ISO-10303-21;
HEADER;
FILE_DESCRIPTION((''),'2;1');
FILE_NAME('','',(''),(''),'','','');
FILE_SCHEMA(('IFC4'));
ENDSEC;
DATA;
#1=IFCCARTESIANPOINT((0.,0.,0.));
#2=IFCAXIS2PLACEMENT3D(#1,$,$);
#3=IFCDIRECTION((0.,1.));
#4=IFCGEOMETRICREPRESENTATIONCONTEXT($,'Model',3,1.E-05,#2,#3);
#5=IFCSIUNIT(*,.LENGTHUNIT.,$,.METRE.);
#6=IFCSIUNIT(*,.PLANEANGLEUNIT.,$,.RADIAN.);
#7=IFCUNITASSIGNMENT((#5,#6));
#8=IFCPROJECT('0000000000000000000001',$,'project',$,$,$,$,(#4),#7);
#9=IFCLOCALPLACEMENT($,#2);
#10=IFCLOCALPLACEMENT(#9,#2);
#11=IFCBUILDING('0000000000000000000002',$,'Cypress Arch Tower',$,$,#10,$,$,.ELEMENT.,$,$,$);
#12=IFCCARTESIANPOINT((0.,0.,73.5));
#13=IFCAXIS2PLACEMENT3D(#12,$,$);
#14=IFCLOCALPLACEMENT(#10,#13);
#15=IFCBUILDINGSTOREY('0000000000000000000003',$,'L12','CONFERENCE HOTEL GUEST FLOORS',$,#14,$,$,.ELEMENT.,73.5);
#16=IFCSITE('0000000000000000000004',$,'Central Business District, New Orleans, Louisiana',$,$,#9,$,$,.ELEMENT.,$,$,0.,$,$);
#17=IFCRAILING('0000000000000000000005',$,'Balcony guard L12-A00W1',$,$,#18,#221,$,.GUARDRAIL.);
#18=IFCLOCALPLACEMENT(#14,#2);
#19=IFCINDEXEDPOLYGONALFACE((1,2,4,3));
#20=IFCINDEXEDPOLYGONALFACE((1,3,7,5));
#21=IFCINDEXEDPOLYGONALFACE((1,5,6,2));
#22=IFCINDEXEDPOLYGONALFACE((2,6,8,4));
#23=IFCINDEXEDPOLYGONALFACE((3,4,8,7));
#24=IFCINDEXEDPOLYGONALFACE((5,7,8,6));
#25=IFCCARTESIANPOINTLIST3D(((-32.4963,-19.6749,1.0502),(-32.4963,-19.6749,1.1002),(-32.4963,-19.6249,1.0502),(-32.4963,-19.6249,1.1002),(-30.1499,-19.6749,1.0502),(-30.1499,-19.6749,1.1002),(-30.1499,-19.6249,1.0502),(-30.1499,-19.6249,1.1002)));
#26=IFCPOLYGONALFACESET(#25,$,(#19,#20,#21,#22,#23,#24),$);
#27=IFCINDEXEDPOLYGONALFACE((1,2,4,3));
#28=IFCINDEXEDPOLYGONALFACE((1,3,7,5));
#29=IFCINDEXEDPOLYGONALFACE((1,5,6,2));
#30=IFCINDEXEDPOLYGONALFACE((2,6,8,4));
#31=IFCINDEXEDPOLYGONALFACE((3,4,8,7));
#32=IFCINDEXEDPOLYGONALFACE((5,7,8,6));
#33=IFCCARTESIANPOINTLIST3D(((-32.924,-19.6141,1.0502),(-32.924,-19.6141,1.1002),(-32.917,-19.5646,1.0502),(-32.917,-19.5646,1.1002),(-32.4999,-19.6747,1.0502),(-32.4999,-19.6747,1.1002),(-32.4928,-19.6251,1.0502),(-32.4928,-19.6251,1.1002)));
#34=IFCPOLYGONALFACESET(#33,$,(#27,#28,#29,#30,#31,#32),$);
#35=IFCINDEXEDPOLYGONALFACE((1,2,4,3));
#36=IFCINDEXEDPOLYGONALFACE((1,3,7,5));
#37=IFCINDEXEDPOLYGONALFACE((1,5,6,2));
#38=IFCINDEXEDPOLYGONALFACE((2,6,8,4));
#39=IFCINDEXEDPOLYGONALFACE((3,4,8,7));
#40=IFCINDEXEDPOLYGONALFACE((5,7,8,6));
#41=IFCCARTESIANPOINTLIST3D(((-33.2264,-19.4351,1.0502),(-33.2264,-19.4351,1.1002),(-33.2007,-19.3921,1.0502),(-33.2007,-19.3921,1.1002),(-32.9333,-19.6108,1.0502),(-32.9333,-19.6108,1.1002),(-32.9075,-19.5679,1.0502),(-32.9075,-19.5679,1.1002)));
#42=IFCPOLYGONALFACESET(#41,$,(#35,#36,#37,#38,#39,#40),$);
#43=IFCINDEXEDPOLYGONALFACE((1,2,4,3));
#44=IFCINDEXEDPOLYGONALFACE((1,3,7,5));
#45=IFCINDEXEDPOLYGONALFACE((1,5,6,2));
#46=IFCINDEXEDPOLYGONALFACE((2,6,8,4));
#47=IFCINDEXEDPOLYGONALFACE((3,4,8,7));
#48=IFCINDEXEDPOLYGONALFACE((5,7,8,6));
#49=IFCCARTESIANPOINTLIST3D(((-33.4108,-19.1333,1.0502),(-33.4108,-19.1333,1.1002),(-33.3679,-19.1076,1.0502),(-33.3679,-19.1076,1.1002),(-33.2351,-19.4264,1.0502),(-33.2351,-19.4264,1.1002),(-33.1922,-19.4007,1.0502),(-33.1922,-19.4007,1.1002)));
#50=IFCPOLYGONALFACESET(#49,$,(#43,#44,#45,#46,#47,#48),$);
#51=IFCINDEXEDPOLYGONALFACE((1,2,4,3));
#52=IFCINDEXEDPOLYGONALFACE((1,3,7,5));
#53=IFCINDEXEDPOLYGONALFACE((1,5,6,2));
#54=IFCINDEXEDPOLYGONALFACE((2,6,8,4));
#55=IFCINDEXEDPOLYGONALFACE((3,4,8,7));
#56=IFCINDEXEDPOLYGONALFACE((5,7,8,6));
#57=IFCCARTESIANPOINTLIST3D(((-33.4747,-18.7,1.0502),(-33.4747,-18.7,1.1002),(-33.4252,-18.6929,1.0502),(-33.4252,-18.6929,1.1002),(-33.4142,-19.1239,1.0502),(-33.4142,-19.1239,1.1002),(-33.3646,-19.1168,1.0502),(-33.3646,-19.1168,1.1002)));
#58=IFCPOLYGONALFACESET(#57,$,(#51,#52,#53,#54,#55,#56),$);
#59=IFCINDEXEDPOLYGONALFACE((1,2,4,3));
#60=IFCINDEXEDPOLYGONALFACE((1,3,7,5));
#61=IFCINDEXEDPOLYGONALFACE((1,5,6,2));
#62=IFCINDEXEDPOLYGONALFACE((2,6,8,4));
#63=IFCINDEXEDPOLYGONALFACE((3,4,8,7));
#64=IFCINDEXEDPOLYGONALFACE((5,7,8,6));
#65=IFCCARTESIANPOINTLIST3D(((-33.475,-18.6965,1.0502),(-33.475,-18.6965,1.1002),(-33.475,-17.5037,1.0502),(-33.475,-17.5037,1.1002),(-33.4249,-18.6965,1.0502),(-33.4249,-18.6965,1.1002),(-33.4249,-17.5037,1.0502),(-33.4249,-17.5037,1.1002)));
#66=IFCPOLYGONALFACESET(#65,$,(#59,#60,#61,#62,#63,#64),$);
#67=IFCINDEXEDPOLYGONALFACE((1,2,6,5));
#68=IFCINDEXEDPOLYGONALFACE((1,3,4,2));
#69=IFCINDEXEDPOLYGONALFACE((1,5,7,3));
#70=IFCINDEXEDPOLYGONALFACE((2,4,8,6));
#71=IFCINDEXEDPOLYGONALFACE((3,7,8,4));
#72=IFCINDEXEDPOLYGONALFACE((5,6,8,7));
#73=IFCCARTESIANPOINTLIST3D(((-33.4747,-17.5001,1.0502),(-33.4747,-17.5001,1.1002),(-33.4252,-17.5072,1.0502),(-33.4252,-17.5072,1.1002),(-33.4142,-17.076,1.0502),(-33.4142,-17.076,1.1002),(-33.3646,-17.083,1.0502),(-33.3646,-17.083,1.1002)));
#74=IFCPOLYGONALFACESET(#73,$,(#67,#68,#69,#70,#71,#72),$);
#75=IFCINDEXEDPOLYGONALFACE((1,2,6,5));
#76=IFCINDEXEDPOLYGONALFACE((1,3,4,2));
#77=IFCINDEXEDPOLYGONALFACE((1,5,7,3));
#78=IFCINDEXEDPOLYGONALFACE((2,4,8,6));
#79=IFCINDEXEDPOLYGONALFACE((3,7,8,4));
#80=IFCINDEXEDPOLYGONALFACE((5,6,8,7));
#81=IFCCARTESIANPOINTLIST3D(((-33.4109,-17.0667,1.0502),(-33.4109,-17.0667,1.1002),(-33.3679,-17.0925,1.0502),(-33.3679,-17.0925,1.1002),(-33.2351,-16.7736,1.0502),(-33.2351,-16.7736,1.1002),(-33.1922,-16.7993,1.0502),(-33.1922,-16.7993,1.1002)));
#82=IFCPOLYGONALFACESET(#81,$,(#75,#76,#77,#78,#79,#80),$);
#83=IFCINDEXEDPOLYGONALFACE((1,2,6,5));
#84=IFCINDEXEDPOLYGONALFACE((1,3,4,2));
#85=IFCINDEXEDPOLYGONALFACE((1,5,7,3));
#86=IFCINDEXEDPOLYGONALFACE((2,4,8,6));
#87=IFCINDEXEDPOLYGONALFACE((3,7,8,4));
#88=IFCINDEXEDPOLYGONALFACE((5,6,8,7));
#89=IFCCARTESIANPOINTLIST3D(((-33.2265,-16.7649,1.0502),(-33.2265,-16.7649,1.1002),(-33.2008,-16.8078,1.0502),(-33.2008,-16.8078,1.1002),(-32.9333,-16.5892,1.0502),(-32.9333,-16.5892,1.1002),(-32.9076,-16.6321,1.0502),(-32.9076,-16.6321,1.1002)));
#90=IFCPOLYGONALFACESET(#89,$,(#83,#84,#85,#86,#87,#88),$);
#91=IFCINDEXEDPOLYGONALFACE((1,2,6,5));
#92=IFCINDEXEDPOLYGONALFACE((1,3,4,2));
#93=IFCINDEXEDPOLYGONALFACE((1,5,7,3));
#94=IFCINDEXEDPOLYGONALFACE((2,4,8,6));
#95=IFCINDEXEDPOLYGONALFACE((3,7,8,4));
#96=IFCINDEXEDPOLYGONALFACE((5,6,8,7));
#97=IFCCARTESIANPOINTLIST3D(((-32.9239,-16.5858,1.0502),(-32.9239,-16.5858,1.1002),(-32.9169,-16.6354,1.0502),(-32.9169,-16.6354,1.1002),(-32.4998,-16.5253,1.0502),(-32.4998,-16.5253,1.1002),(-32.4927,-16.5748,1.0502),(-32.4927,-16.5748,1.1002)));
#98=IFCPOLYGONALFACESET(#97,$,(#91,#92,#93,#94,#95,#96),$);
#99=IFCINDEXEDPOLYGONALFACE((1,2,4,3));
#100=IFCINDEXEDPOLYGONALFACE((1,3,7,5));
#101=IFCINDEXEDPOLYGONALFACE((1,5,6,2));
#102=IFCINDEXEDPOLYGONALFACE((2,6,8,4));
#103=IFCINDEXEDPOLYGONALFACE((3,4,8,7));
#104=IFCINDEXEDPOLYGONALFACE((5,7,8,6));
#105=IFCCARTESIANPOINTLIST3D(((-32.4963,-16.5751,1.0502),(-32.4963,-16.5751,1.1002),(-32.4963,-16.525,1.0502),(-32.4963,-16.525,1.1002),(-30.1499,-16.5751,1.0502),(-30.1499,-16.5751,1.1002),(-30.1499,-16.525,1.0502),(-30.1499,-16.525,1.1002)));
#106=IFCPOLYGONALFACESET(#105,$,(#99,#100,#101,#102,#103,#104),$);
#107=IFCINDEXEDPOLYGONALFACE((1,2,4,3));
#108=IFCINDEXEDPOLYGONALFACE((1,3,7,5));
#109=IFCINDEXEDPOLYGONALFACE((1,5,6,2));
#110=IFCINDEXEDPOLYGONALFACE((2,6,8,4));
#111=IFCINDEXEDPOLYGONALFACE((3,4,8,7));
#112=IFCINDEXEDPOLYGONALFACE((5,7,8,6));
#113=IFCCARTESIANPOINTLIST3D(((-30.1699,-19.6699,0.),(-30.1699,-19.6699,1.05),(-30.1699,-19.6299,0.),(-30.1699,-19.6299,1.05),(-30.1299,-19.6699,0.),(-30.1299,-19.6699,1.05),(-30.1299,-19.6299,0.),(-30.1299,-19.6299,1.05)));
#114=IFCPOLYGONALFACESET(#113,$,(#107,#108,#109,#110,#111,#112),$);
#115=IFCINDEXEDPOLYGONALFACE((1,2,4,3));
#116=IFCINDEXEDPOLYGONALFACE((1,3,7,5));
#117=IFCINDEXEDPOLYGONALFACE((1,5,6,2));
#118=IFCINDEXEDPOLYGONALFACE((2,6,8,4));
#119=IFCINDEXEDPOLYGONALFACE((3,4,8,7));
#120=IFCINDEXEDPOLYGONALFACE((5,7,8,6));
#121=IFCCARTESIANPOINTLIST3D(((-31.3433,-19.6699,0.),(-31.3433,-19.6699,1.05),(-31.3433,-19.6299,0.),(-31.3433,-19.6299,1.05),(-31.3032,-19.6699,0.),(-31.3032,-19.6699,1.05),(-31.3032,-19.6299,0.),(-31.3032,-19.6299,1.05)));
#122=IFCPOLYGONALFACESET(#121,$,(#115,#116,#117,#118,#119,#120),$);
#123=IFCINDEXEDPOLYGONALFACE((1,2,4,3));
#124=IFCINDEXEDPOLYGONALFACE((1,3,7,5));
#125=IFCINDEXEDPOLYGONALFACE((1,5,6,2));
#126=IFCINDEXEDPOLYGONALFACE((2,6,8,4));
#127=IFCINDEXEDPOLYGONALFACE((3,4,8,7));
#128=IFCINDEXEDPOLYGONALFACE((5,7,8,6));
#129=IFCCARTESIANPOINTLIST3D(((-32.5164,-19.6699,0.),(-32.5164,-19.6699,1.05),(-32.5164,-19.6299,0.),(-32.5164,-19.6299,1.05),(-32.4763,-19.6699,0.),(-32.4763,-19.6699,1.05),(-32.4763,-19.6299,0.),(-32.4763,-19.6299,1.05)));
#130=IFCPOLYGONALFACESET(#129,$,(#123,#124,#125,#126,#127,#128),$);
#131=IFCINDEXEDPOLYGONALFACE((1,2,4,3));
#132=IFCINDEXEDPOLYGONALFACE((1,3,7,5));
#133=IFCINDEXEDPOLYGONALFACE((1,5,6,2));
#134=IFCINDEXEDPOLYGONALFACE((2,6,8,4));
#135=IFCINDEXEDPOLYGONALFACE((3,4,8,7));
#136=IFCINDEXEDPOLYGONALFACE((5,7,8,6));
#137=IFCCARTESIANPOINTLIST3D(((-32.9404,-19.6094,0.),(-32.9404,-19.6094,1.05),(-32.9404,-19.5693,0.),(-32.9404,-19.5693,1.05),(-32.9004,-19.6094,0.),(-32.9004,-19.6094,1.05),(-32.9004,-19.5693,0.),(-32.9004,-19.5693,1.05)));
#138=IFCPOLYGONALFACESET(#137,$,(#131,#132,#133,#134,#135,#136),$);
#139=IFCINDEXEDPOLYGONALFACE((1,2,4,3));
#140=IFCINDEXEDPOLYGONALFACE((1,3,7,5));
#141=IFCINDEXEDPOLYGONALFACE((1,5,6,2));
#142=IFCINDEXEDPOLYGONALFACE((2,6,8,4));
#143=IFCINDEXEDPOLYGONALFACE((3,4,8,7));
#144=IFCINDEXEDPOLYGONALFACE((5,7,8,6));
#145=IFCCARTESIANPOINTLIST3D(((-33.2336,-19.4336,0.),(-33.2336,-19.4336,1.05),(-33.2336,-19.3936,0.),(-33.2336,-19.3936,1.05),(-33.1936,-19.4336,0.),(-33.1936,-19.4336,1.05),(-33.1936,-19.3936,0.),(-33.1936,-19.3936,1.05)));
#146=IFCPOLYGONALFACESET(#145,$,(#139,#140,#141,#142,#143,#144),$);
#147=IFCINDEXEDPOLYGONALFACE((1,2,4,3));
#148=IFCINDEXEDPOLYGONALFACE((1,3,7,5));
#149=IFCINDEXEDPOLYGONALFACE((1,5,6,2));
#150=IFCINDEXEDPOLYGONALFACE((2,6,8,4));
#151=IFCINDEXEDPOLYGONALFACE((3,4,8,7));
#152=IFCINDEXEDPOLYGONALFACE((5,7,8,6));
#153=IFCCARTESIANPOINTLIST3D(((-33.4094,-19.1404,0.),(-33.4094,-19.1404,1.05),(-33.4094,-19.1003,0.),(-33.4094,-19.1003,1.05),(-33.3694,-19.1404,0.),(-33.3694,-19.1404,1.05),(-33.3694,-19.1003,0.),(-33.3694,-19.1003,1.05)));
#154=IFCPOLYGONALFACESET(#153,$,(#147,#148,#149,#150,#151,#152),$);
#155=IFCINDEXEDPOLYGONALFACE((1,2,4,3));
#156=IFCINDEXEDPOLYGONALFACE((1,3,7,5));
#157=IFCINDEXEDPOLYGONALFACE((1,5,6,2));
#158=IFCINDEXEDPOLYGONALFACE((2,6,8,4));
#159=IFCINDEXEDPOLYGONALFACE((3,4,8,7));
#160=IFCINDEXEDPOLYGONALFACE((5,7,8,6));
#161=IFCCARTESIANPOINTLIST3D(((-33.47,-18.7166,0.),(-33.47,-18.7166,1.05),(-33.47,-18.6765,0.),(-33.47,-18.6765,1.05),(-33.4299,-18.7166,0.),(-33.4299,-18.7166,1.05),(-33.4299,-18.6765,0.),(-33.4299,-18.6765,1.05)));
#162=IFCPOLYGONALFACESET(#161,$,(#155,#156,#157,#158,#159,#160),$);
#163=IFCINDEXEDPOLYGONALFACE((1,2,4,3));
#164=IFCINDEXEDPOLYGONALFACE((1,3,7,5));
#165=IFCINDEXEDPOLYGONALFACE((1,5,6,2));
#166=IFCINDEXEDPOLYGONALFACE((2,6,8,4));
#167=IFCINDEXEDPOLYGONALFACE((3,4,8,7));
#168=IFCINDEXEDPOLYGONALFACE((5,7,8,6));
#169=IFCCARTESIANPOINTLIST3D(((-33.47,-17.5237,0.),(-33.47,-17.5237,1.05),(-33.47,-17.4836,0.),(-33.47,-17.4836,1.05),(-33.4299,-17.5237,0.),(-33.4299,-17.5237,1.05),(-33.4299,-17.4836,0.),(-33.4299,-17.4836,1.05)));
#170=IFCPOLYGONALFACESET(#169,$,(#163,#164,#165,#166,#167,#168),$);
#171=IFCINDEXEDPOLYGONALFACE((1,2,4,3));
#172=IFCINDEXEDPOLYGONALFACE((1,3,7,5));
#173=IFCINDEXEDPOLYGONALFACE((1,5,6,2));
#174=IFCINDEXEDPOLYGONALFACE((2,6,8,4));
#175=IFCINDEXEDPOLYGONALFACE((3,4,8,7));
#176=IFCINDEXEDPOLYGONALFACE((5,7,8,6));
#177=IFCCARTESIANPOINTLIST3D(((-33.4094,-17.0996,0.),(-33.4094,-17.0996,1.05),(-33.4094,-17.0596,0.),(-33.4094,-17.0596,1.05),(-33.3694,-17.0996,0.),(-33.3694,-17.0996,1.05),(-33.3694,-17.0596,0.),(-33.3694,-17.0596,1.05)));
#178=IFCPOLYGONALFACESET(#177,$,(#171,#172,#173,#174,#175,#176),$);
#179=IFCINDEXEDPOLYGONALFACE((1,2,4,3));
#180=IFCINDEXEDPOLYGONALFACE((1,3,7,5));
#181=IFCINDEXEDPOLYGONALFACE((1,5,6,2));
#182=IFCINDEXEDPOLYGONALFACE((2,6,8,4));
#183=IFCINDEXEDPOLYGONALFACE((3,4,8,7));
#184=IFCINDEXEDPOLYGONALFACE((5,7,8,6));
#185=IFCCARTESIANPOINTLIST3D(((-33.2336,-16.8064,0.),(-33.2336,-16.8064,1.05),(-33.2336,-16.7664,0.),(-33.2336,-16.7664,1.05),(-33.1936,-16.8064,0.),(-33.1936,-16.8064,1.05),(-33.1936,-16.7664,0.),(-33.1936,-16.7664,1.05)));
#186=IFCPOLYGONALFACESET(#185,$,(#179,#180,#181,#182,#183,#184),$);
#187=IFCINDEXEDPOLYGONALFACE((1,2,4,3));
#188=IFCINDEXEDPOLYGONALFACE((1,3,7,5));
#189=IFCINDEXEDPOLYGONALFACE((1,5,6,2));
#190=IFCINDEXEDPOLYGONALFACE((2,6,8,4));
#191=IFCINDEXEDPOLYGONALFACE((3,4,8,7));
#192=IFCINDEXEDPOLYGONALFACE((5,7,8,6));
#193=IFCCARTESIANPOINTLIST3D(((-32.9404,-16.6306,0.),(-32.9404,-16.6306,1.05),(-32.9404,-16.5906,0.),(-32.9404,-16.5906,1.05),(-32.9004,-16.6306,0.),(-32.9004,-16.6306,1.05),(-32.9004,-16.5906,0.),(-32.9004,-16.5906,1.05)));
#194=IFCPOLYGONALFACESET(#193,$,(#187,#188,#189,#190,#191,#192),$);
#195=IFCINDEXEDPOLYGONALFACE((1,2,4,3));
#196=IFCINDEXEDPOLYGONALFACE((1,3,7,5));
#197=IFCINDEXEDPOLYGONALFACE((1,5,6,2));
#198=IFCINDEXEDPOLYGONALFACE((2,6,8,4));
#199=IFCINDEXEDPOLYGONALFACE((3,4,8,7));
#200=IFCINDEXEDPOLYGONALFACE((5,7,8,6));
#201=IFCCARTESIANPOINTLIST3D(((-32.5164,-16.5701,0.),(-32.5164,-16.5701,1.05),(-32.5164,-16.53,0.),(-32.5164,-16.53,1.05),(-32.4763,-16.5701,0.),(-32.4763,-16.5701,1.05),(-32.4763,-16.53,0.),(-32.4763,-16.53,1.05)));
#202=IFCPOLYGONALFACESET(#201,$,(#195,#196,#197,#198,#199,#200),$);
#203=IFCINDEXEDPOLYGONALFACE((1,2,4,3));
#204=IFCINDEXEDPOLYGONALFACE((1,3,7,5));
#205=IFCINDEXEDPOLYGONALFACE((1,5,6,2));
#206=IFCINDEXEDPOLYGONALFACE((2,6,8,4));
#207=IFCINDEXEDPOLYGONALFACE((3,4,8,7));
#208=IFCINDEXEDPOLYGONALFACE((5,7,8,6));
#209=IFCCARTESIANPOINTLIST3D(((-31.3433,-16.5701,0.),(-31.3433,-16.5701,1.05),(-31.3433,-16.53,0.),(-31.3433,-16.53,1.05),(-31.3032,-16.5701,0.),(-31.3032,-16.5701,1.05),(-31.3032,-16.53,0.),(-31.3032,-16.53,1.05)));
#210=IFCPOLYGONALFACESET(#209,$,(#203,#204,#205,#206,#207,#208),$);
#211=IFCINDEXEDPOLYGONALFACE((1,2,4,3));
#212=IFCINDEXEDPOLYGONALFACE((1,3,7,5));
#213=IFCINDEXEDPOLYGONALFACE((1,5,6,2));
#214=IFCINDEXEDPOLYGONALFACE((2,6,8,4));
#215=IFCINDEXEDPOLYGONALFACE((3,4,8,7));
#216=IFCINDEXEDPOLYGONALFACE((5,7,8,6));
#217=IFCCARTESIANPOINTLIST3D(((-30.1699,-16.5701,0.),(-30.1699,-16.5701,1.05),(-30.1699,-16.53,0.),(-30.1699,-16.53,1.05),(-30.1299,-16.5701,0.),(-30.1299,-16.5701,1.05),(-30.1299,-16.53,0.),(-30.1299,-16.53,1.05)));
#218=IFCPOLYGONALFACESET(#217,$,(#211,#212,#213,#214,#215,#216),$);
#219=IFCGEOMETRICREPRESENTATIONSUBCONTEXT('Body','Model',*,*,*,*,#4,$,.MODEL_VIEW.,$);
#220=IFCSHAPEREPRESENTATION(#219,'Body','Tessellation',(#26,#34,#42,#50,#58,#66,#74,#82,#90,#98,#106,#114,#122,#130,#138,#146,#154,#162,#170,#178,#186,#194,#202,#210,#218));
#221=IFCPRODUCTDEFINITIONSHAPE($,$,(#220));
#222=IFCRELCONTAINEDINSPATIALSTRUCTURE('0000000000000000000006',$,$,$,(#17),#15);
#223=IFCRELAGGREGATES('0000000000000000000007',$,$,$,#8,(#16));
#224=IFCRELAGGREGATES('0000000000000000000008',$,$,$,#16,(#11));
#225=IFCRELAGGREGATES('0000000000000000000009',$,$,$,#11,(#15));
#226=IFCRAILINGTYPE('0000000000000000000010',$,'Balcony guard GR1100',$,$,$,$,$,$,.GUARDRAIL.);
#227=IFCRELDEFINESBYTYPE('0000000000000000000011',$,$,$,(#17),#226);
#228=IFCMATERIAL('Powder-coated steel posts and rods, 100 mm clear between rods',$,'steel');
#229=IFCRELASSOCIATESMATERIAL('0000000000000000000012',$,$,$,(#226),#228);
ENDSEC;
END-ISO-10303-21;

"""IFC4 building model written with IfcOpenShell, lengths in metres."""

from ifc_helpers import new_model, si_unit, direction, frame, origin, origin_2d, place, context, subcontext, project, spatial, rectangle, extrude, material, type_object, element, save


model = new_model("IFC4")

# Units and contexts
model_context = context("Model", 3, precision=1e-05, world=origin(), true_north=direction((0.0, 1.0)))
body_context = subcontext(model_context, "Body", "Model", "MODEL_VIEW")
ifc_project = project(units=[si_unit("LENGTHUNIT", "METRE"), si_unit("PLANEANGLEUNIT", "RADIAN")], contexts=[model_context])

# Site, building, storey
site_placement = place(None, origin())
site = spatial("IfcSite", under=ifc_project, at=site_placement, Name="Central Business District, New Orleans, Louisiana", CompositionType="ELEMENT", RefElevation=0.0)
building_placement = place(site_placement, origin())
building = spatial("IfcBuilding", under=site, at=building_placement, Name="Cypress Arch Tower", CompositionType="ELEMENT")
storey_placement = place(building_placement, frame((0.0, 0.0, 73.5)))
storey = spatial("IfcBuildingStorey", under=building, at=storey_placement, Name="L12", Description="CONFERENCE HOTEL GUEST FLOORS", CompositionType="ELEMENT", Elevation=73.5)

# Railing
ifc_material_1 = material(Name="Powder-coated steel posts and rods, 100 mm clear between rods", Category="steel")
railing_type = type_object("IfcRailingType", Name="Balcony guard GR1100", PredefinedType="GUARDRAIL", material=ifc_material_1)
railing_placement = place(storey_placement, frame((-30.1499, -19.6499, 0.0)))
element("IfcRailing", 1, at=railing_placement, inside=storey, type_object=railing_type, Name="Balcony guard L12-A00W1", PredefinedType="GUARDRAIL", context=body_context, shape_type="SweptSolid", body=[
    extrude(rectangle(XDim=0.05, YDim=0.05, at=origin_2d()), frame((0.0, 0.0, 1.0752), z_axis=(-1.0, 0.0, 0.0), x_axis=(0.0, -1.0, 0.0)), (0.0, 0.0, 1.0), 2.3464),
    extrude(rectangle(XDim=0.05, YDim=0.05, at=origin_2d()), frame((-2.3464, 0.0, 1.0752), z_axis=(-0.989961, 0.141342, 0.0), x_axis=(-0.141342, -0.989961, 0.0)), (0.0, 0.0, 1.0), 0.4285),
    extrude(rectangle(XDim=0.05, YDim=0.05, at=origin_2d()), frame((-2.7705, 0.0605, 1.0752), z_axis=(-0.857682, 0.514181, 0.0), x_axis=(-0.514181, -0.857682, 0.0)), (0.0, 0.0, 1.0), 0.3418),
    extrude(rectangle(XDim=0.05, YDim=0.05, at=origin_2d()), frame((-3.0637, 0.2363, 1.0752), z_axis=(-0.514181, 0.857682, 0.0), x_axis=(-0.857682, -0.514181, 0.0)), (0.0, 0.0, 1.0), 0.3418),
    extrude(rectangle(XDim=0.05, YDim=0.05, at=origin_2d()), frame((-3.2395, 0.5295, 1.0752), z_axis=(-0.141421, 0.989949, 0.0), x_axis=(-0.989949, -0.141421, 0.0)), (0.0, 0.0, 1.0), 0.4282),
    extrude(rectangle(XDim=0.05, YDim=0.05, at=origin_2d()), frame((-3.3, 0.9534, 1.0752), z_axis=(0.0, 1.0, 0.0), x_axis=(-1.0, 0.0, 0.0)), (0.0, 0.0, 1.0), 1.1929),
    extrude(rectangle(XDim=0.05, YDim=0.05, at=origin_2d()), frame((-3.3, 2.1462, 1.0752), z_axis=(0.141342, 0.989961, 0.0), x_axis=(-0.989961, 0.141342, 0.0)), (0.0, 0.0, 1.0), 0.4285),
    extrude(rectangle(XDim=0.05, YDim=0.05, at=origin_2d()), frame((-3.2395, 2.5703, 1.0752), z_axis=(0.514181, 0.857682, 0.0), x_axis=(-0.857682, 0.514181, 0.0)), (0.0, 0.0, 1.0), 0.3418),
    extrude(rectangle(XDim=0.05, YDim=0.05, at=origin_2d()), frame((-3.0637, 2.8635, 1.0752), z_axis=(0.857682, 0.514181, 0.0), x_axis=(-0.514181, 0.857682, 0.0)), (0.0, 0.0, 1.0), 0.3418),
    extrude(rectangle(XDim=0.05, YDim=0.05, at=origin_2d()), frame((-2.7705, 3.0393, 1.0752), z_axis=(0.989961, 0.141342, 0.0), x_axis=(-0.141342, 0.989961, 0.0)), (0.0, 0.0, 1.0), 0.4285),
    extrude(rectangle(XDim=0.05, YDim=0.05, at=origin_2d()), frame((-2.3464, 3.0999, 1.0752), z_axis=(1.0, 0.0, 0.0), x_axis=(0.0, 1.0, 0.0)), (0.0, 0.0, 1.0), 2.3464),
    extrude(rectangle(XDim=0.04, YDim=0.04, at=origin_2d()), origin(), (0.0, 0.0, 1.0), 1.05),
    extrude(rectangle(XDim=0.04, YDim=0.04, at=origin_2d()), frame((-1.1733, 0.0, 0.0)), (0.0, 0.0, 1.0), 1.05),
    extrude(rectangle(XDim=0.04, YDim=0.04, at=origin_2d()), frame((-2.3464, 0.0, 0.0)), (0.0, 0.0, 1.0), 1.05),
    extrude(rectangle(XDim=0.04, YDim=0.04, at=origin_2d()), frame((-2.7705, 0.0605, 0.0)), (0.0, 0.0, 1.0), 1.05),
    extrude(rectangle(XDim=0.04, YDim=0.04, at=origin_2d()), frame((-3.0637, 0.2363, 0.0)), (0.0, 0.0, 1.0), 1.05),
    extrude(rectangle(XDim=0.04, YDim=0.04, at=origin_2d()), frame((-3.2395, 0.5295, 0.0)), (0.0, 0.0, 1.0), 1.05),
    extrude(rectangle(XDim=0.04, YDim=0.04, at=origin_2d()), frame((-3.3, 0.9534, 0.0)), (0.0, 0.0, 1.0), 1.05),
    extrude(rectangle(XDim=0.04, YDim=0.04, at=origin_2d()), frame((-3.3, 2.1462, 0.0)), (0.0, 0.0, 1.0), 1.05),
    extrude(rectangle(XDim=0.04, YDim=0.04, at=origin_2d()), frame((-3.2395, 2.5703, 0.0)), (0.0, 0.0, 1.0), 1.05),
    extrude(rectangle(XDim=0.04, YDim=0.04, at=origin_2d()), frame((-3.0637, 2.8635, 0.0)), (0.0, 0.0, 1.0), 1.05),
    extrude(rectangle(XDim=0.04, YDim=0.04, at=origin_2d()), frame((-2.7705, 3.0393, 0.0)), (0.0, 0.0, 1.0), 1.05),
    extrude(rectangle(XDim=0.04, YDim=0.04, at=origin_2d()), frame((-2.3464, 3.0999, 0.0)), (0.0, 0.0, 1.0), 1.05),
    extrude(rectangle(XDim=0.04, YDim=0.04, at=origin_2d()), frame((-1.1733, 3.0999, 0.0)), (0.0, 0.0, 1.0), 1.05),
    extrude(rectangle(XDim=0.04, YDim=0.04, at=origin_2d()), frame((0.0, 3.0999, 0.0)), (0.0, 0.0, 1.0), 1.05),
])

save(model, "model.ifc")
